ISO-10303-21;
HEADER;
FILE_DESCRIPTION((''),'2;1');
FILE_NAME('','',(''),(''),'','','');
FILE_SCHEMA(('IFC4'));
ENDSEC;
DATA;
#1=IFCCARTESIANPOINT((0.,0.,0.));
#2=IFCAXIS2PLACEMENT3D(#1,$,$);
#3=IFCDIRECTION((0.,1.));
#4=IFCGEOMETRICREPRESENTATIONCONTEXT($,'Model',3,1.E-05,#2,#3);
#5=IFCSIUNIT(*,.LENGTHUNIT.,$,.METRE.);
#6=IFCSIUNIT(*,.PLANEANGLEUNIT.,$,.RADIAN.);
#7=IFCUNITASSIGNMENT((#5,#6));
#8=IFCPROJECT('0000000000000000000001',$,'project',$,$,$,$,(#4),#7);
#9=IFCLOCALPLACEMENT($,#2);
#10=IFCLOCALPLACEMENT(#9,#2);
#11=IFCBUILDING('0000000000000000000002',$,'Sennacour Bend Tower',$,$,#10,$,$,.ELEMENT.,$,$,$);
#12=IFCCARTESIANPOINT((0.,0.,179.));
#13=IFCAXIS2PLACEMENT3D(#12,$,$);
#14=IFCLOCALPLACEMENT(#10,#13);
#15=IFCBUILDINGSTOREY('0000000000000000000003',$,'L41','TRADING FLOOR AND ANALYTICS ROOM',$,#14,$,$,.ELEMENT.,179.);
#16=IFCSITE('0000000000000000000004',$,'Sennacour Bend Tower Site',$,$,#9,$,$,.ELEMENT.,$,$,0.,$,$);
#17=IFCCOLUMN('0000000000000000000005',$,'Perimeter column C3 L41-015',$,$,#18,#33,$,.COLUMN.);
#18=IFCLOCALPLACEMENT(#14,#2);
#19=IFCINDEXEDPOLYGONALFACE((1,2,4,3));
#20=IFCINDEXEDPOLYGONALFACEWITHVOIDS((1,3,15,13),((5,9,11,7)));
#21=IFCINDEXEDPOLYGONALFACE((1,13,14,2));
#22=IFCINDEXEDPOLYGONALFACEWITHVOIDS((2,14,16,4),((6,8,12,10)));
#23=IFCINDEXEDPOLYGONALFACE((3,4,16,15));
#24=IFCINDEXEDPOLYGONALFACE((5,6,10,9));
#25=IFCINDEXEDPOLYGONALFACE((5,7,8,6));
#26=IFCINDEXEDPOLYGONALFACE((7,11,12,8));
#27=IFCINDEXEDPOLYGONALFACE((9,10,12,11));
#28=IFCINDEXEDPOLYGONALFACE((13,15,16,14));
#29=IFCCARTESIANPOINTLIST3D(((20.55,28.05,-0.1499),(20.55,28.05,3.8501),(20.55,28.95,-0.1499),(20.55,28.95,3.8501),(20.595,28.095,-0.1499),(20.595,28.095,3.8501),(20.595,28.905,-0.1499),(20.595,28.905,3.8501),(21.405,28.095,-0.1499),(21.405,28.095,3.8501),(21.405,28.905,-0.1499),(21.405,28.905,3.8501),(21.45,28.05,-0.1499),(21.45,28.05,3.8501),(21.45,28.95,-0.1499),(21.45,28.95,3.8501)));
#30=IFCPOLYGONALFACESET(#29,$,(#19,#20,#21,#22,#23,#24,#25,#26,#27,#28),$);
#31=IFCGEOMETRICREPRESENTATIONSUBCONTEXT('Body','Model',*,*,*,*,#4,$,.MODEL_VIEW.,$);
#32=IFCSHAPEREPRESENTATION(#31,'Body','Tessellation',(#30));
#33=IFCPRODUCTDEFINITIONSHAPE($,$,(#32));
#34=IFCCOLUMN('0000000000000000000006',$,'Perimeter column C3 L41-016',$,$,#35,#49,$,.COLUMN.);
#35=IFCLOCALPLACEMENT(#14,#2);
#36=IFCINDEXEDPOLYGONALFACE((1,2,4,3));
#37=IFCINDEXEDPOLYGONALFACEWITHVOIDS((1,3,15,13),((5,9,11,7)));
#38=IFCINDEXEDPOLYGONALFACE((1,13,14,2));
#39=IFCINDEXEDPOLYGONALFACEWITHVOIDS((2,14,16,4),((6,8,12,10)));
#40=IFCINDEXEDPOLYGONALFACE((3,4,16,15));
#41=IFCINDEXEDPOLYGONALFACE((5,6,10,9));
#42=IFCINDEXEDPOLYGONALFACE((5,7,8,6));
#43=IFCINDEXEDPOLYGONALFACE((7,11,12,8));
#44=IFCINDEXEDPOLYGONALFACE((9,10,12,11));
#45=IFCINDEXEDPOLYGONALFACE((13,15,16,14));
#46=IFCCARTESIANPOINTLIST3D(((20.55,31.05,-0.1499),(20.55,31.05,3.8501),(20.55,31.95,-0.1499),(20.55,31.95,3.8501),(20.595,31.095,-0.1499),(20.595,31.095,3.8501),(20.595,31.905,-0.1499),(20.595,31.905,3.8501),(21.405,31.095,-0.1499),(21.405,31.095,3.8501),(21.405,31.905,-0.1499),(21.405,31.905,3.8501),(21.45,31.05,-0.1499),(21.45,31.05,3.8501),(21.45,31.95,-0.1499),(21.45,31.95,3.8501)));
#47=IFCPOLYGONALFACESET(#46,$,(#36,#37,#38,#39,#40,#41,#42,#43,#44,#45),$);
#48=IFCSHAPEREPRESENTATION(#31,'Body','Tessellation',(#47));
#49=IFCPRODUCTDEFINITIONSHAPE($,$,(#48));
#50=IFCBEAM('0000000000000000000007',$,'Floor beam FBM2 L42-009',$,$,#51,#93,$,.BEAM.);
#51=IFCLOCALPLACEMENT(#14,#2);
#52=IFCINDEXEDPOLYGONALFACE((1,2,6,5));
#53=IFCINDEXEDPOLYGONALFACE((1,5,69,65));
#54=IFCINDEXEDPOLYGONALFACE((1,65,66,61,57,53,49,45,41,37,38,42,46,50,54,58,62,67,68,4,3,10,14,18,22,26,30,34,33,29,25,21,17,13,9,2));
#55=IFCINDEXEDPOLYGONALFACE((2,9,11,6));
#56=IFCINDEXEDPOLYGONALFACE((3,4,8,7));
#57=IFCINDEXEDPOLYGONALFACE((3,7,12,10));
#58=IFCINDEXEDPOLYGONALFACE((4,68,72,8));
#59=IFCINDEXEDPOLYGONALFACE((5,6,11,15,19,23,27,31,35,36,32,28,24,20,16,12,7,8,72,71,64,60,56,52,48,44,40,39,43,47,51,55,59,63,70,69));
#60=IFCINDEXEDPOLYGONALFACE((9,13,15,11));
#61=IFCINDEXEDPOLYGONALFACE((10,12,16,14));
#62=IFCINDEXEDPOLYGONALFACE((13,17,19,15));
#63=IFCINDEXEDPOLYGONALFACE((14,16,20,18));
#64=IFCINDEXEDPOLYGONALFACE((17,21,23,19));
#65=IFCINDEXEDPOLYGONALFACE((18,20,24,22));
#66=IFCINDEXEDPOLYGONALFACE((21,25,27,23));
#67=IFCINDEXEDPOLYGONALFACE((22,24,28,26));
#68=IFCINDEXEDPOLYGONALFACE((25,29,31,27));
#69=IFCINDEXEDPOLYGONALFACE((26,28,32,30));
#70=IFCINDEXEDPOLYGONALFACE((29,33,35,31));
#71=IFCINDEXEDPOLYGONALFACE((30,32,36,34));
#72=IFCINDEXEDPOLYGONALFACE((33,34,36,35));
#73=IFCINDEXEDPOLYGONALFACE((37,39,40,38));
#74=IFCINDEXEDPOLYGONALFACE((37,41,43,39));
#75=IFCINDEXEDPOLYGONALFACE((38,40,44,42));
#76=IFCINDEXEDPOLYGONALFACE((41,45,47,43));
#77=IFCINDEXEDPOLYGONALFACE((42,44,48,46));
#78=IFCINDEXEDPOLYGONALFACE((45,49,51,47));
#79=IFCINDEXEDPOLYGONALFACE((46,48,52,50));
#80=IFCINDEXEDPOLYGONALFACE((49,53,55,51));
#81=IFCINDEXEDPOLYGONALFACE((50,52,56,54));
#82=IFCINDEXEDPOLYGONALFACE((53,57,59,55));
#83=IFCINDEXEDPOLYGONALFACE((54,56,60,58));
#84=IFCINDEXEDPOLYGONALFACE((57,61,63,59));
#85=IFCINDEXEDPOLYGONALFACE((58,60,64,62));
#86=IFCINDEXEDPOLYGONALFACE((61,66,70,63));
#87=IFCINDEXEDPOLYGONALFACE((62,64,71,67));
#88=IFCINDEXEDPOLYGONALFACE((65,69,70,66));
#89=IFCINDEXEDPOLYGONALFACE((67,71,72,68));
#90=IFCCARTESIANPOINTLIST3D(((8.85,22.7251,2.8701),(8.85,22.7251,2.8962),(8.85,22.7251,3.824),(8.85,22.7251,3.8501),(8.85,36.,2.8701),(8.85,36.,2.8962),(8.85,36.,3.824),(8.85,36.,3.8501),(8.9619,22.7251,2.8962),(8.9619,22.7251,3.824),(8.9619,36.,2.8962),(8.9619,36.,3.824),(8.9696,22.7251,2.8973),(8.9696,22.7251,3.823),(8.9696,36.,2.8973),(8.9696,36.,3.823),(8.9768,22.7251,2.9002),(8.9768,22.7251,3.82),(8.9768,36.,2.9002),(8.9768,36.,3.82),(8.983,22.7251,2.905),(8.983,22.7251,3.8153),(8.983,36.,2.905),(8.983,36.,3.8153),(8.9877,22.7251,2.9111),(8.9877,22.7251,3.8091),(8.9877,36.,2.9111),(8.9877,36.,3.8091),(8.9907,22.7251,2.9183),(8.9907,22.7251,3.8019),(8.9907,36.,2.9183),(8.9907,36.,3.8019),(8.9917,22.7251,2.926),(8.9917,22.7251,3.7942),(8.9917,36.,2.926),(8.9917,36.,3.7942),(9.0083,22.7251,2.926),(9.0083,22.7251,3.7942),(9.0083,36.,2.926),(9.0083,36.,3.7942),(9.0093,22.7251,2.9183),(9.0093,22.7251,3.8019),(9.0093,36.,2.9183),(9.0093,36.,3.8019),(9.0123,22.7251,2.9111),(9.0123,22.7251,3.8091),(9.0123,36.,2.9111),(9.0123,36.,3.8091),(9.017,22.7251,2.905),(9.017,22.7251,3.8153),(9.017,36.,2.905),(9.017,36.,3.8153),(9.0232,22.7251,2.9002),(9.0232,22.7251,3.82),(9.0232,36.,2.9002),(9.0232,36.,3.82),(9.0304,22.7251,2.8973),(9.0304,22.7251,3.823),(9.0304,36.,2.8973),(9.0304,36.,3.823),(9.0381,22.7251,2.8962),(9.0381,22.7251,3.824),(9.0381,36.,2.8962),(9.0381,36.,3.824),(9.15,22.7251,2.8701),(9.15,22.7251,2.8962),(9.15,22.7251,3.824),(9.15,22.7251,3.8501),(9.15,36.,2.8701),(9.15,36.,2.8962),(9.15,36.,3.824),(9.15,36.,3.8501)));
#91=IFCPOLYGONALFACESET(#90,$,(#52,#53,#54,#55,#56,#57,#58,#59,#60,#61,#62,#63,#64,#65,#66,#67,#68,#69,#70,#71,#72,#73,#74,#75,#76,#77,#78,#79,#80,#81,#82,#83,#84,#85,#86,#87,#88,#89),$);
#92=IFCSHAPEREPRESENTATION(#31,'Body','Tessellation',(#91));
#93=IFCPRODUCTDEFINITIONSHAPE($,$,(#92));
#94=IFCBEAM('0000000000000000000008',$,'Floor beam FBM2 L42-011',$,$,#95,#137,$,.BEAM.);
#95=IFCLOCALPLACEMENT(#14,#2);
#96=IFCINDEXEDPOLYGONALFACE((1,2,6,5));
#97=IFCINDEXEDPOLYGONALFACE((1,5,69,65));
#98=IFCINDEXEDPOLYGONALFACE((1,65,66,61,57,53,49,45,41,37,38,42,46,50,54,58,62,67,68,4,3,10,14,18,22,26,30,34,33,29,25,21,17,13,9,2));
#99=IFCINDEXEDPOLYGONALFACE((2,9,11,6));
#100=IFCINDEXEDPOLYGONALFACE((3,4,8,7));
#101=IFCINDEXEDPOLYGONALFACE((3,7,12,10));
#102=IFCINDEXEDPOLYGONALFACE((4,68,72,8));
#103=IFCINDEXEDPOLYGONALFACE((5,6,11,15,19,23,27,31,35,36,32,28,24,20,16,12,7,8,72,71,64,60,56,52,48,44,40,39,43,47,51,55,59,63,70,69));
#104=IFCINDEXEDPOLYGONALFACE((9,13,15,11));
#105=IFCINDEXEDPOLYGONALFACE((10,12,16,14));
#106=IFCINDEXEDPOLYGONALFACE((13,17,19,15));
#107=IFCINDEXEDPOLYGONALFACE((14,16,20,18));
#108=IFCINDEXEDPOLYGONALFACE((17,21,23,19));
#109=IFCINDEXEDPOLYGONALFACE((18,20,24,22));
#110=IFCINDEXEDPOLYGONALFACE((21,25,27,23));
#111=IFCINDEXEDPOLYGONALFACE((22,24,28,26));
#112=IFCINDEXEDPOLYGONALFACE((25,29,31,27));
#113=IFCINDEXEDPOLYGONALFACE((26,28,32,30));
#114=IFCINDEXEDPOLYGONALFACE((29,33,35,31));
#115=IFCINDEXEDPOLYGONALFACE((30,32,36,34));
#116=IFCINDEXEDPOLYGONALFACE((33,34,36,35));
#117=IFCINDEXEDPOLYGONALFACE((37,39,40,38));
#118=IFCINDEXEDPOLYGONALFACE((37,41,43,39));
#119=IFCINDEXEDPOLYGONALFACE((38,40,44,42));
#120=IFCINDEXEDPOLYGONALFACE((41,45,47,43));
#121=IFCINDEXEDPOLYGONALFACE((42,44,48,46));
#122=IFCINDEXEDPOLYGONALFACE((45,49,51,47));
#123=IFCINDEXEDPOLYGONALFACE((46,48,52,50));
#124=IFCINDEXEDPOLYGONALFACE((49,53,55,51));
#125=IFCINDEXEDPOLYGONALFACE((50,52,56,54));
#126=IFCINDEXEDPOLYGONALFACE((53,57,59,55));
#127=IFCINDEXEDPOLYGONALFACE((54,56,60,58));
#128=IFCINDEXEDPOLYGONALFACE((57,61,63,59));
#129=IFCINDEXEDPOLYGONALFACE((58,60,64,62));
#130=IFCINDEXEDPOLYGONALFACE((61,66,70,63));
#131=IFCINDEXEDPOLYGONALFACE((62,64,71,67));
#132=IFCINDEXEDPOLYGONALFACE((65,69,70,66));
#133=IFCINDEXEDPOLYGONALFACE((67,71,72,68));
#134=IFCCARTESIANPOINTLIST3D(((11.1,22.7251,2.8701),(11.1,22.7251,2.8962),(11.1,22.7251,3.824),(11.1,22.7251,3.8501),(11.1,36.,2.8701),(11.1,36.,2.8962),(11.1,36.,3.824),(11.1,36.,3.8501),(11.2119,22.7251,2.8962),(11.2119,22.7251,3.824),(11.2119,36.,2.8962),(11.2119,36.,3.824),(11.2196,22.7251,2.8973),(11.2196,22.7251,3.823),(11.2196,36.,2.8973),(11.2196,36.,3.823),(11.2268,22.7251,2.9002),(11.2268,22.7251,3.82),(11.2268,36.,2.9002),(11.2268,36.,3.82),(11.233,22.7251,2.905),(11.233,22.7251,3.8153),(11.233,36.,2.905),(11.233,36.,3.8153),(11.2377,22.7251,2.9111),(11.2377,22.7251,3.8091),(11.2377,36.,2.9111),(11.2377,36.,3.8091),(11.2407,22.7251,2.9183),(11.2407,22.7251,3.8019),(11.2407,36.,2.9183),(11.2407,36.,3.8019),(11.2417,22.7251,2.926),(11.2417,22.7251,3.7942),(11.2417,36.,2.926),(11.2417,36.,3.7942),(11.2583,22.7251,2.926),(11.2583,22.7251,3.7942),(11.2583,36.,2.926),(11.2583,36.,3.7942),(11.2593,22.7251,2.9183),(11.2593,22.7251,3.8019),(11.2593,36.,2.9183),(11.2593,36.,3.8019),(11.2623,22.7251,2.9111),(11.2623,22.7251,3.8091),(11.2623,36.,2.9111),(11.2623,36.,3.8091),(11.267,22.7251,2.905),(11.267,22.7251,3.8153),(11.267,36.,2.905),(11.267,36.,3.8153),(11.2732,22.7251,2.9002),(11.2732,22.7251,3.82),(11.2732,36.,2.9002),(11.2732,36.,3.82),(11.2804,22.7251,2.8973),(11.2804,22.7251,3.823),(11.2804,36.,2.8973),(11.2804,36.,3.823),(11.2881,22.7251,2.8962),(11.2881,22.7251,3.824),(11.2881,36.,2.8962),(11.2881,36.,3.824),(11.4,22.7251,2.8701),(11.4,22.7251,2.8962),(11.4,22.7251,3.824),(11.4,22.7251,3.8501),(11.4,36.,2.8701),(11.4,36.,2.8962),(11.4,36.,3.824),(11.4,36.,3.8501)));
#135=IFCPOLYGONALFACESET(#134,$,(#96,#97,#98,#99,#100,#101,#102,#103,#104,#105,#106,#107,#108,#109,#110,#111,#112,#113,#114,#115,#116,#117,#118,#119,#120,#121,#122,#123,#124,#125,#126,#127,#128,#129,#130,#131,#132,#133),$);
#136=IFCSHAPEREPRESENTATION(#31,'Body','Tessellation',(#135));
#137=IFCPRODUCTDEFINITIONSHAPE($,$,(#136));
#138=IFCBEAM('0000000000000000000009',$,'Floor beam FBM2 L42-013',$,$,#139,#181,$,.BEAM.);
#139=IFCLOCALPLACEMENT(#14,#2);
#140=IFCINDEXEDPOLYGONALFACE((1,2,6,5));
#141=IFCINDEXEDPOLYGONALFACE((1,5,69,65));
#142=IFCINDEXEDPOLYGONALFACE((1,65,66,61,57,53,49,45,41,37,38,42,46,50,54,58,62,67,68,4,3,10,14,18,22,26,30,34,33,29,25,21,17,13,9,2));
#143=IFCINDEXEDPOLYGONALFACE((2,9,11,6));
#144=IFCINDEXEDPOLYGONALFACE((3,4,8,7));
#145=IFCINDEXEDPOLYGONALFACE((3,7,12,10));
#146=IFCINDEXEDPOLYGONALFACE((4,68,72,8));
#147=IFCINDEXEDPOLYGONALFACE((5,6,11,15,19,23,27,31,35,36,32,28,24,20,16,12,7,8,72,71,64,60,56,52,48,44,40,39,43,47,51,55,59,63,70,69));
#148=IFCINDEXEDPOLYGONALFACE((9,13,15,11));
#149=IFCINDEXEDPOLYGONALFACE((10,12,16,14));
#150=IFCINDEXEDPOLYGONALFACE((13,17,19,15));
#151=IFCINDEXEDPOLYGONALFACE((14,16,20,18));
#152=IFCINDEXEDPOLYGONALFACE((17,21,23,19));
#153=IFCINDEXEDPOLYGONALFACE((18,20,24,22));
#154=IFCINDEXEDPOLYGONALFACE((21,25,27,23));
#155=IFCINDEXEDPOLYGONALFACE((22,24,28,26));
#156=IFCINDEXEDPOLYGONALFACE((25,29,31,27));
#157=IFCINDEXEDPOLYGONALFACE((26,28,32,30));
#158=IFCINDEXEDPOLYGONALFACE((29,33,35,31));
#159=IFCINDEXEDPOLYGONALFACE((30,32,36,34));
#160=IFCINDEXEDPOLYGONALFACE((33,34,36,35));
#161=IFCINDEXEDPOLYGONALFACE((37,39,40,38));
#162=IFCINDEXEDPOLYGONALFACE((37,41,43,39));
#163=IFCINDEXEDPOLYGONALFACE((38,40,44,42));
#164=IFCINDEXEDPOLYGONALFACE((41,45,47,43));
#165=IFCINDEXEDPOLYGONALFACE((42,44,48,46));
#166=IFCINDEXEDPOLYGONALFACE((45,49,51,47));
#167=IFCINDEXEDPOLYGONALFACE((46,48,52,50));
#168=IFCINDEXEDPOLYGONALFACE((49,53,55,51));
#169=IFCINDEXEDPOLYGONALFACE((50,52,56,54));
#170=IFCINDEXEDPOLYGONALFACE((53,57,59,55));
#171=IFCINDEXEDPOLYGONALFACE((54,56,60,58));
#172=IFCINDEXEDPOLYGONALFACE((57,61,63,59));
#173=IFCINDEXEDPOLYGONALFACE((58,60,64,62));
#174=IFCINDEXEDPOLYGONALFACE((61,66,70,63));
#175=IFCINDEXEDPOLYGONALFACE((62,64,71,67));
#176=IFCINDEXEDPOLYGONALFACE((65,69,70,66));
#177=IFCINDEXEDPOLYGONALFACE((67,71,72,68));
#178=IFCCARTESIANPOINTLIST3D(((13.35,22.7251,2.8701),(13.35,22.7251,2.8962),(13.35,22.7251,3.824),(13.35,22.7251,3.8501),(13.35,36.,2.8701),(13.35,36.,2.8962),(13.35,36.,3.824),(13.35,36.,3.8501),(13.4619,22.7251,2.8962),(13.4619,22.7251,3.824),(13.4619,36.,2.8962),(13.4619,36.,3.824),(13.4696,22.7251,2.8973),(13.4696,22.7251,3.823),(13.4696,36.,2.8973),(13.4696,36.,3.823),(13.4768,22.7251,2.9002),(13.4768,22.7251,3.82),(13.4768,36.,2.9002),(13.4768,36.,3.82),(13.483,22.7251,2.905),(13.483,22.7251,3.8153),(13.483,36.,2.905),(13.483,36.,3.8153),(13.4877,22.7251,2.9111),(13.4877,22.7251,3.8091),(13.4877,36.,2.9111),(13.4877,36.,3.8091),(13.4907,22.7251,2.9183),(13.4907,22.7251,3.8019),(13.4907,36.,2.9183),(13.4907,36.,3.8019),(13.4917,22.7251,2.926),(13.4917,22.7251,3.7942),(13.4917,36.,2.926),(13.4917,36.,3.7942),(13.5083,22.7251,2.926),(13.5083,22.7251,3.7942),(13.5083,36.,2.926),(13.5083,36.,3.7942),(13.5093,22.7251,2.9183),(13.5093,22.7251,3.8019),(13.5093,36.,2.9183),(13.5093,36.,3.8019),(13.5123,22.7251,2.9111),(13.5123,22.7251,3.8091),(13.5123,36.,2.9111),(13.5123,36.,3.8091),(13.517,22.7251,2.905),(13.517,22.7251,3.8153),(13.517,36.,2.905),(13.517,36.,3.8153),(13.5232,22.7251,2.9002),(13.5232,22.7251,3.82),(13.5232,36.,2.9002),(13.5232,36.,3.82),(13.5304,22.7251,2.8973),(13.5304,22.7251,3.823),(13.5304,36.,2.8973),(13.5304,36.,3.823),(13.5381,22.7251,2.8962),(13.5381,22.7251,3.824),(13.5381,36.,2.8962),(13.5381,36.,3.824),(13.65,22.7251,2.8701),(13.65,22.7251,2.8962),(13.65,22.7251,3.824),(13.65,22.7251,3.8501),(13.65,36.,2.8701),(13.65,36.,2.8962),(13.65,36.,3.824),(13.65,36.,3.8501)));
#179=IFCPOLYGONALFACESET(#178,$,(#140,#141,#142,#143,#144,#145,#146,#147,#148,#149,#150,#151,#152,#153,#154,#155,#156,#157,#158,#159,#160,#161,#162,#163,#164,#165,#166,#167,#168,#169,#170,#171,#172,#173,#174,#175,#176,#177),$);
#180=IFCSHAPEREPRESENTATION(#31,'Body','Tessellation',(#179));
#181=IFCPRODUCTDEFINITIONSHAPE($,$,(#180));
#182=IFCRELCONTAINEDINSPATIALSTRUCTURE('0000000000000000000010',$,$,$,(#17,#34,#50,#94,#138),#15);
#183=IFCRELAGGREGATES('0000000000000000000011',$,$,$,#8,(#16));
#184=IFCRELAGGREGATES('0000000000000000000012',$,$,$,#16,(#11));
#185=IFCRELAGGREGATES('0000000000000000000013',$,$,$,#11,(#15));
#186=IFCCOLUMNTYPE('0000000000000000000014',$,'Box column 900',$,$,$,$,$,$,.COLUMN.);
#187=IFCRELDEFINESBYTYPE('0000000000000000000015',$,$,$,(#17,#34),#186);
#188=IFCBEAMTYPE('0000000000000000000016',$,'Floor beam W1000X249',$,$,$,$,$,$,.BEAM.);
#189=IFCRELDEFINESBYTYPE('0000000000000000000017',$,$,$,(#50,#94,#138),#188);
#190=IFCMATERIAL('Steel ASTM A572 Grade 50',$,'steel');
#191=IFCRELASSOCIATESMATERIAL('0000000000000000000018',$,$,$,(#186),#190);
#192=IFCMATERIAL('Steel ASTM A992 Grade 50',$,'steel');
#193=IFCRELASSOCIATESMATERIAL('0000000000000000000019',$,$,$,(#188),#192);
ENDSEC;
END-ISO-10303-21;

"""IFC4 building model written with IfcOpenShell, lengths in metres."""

from ifc_helpers import new_model, si_unit, direction, frame, origin, origin_2d, place, context, subcontext, project, spatial, hollow_rectangle, i_section, extrude, material, material_profile, profile_set, type_object, element, save


model = new_model("IFC4")

# Units and contexts
model_context = context("Model", 3, precision=1e-05, world=origin(), true_north=direction((0.0, 1.0)))
body_context = subcontext(model_context, "Body", "Model", "MODEL_VIEW")
ifc_project = project(units=[si_unit("LENGTHUNIT", "METRE"), si_unit("PLANEANGLEUNIT", "RADIAN")], contexts=[model_context])

# Site, building, storey
site_placement = place(None, origin())
site = spatial("IfcSite", under=ifc_project, at=site_placement, Name="Sennacour Bend Tower Site", CompositionType="ELEMENT", RefElevation=0.0)
building_placement = place(site_placement, origin())
building = spatial("IfcBuilding", under=site, at=building_placement, Name="Sennacour Bend Tower", CompositionType="ELEMENT")
storey_placement = place(building_placement, frame((0.0, 0.0, 179.0)))
storey = spatial("IfcBuildingStorey", under=building, at=storey_placement, Name="L41", Description="TRADING FLOOR AND ANALYTICS ROOM", CompositionType="ELEMENT", Elevation=179.0)

# Columns
ifc_material_1 = material(Name="Steel ASTM A572 Grade 50", Category="steel")
ifc_material_profile_1 = material_profile(ifc_material_1, hollow_rectangle(XDim=0.8999, YDim=0.8999, WallThickness=0.0449, at=origin_2d()), Name="Steel ASTM A572 Grade 50", Category="steel")
ifc_profile_set_1 = profile_set([ifc_material_profile_1], Name="Steel ASTM A572 Grade 50")
column_type = type_object("IfcColumnType", Name="Box column 900", PredefinedType="COLUMN", material=ifc_profile_set_1)
for number, where, z_axis, x_axis, name in (
    (1, (21.0, 28.5, -0.1499), (0.0, 0.0, 1.0), (1.0, 0.0, 0.0), "Perimeter column C3 L41-015"),
    (2, (21.0, 31.5, -0.1499), (0.0, 0.0, 1.0), (1.0, 0.0, 0.0), "Perimeter column C3 L41-016"),
):
    element("IfcColumn", number, at=place(storey_placement, frame(where, z_axis=z_axis, x_axis=x_axis)), inside=storey, type_object=column_type, Name=name, PredefinedType="COLUMN", context=body_context, shape_type="SweptSolid", body=[
        extrude(hollow_rectangle(XDim=0.8999, YDim=0.8999, WallThickness=0.0449, at=origin_2d()), origin(), (0.0, 0.0, 1.0), 4.0),
    ])

# Beams
ifc_material_2 = material(Name="Steel ASTM A992 Grade 50", Category="steel")
ifc_material_profile_2 = material_profile(ifc_material_2, i_section(OverallWidth=0.3, OverallDepth=0.98, WebThickness=0.0166, FlangeThickness=0.0261, FilletRadius=0.0298, at=origin_2d()), Name="Steel ASTM A992 Grade 50", Category="steel")
ifc_profile_set_2 = profile_set([ifc_material_profile_2], Name="Steel ASTM A992 Grade 50")
beam_type_1 = type_object("IfcBeamType", Name="Floor beam W1000X249", PredefinedType="BEAM", material=ifc_profile_set_2)
for number, where, z_axis, x_axis, name in (
    (3, (9.0, 22.7251, 3.3601), (0.0, 1.0, 0.0), (-1.0, 0.0, 0.0), "Floor beam FBM2 L42-009"),
    (4, (11.25, 22.7251, 3.3601), (0.0, 1.0, 0.0), (-1.0, 0.0, 0.0), "Floor beam FBM2 L42-011"),
    (5, (13.5, 22.7251, 3.3601), (0.0, 1.0, 0.0), (-1.0, 0.0, 0.0), "Floor beam FBM2 L42-013"),
):
    element("IfcBeam", number, at=place(storey_placement, frame(where, z_axis=z_axis, x_axis=x_axis)), inside=storey, type_object=beam_type_1, Name=name, PredefinedType="BEAM", context=body_context, shape_type="SweptSolid", body=[
        extrude(i_section(OverallWidth=0.3, OverallDepth=0.98, WebThickness=0.0166, FlangeThickness=0.0261, FilletRadius=0.0298, at=origin_2d()), origin(), (0.0, 0.0, 1.0), 13.2749),
    ])

save(model, "model.ifc")
